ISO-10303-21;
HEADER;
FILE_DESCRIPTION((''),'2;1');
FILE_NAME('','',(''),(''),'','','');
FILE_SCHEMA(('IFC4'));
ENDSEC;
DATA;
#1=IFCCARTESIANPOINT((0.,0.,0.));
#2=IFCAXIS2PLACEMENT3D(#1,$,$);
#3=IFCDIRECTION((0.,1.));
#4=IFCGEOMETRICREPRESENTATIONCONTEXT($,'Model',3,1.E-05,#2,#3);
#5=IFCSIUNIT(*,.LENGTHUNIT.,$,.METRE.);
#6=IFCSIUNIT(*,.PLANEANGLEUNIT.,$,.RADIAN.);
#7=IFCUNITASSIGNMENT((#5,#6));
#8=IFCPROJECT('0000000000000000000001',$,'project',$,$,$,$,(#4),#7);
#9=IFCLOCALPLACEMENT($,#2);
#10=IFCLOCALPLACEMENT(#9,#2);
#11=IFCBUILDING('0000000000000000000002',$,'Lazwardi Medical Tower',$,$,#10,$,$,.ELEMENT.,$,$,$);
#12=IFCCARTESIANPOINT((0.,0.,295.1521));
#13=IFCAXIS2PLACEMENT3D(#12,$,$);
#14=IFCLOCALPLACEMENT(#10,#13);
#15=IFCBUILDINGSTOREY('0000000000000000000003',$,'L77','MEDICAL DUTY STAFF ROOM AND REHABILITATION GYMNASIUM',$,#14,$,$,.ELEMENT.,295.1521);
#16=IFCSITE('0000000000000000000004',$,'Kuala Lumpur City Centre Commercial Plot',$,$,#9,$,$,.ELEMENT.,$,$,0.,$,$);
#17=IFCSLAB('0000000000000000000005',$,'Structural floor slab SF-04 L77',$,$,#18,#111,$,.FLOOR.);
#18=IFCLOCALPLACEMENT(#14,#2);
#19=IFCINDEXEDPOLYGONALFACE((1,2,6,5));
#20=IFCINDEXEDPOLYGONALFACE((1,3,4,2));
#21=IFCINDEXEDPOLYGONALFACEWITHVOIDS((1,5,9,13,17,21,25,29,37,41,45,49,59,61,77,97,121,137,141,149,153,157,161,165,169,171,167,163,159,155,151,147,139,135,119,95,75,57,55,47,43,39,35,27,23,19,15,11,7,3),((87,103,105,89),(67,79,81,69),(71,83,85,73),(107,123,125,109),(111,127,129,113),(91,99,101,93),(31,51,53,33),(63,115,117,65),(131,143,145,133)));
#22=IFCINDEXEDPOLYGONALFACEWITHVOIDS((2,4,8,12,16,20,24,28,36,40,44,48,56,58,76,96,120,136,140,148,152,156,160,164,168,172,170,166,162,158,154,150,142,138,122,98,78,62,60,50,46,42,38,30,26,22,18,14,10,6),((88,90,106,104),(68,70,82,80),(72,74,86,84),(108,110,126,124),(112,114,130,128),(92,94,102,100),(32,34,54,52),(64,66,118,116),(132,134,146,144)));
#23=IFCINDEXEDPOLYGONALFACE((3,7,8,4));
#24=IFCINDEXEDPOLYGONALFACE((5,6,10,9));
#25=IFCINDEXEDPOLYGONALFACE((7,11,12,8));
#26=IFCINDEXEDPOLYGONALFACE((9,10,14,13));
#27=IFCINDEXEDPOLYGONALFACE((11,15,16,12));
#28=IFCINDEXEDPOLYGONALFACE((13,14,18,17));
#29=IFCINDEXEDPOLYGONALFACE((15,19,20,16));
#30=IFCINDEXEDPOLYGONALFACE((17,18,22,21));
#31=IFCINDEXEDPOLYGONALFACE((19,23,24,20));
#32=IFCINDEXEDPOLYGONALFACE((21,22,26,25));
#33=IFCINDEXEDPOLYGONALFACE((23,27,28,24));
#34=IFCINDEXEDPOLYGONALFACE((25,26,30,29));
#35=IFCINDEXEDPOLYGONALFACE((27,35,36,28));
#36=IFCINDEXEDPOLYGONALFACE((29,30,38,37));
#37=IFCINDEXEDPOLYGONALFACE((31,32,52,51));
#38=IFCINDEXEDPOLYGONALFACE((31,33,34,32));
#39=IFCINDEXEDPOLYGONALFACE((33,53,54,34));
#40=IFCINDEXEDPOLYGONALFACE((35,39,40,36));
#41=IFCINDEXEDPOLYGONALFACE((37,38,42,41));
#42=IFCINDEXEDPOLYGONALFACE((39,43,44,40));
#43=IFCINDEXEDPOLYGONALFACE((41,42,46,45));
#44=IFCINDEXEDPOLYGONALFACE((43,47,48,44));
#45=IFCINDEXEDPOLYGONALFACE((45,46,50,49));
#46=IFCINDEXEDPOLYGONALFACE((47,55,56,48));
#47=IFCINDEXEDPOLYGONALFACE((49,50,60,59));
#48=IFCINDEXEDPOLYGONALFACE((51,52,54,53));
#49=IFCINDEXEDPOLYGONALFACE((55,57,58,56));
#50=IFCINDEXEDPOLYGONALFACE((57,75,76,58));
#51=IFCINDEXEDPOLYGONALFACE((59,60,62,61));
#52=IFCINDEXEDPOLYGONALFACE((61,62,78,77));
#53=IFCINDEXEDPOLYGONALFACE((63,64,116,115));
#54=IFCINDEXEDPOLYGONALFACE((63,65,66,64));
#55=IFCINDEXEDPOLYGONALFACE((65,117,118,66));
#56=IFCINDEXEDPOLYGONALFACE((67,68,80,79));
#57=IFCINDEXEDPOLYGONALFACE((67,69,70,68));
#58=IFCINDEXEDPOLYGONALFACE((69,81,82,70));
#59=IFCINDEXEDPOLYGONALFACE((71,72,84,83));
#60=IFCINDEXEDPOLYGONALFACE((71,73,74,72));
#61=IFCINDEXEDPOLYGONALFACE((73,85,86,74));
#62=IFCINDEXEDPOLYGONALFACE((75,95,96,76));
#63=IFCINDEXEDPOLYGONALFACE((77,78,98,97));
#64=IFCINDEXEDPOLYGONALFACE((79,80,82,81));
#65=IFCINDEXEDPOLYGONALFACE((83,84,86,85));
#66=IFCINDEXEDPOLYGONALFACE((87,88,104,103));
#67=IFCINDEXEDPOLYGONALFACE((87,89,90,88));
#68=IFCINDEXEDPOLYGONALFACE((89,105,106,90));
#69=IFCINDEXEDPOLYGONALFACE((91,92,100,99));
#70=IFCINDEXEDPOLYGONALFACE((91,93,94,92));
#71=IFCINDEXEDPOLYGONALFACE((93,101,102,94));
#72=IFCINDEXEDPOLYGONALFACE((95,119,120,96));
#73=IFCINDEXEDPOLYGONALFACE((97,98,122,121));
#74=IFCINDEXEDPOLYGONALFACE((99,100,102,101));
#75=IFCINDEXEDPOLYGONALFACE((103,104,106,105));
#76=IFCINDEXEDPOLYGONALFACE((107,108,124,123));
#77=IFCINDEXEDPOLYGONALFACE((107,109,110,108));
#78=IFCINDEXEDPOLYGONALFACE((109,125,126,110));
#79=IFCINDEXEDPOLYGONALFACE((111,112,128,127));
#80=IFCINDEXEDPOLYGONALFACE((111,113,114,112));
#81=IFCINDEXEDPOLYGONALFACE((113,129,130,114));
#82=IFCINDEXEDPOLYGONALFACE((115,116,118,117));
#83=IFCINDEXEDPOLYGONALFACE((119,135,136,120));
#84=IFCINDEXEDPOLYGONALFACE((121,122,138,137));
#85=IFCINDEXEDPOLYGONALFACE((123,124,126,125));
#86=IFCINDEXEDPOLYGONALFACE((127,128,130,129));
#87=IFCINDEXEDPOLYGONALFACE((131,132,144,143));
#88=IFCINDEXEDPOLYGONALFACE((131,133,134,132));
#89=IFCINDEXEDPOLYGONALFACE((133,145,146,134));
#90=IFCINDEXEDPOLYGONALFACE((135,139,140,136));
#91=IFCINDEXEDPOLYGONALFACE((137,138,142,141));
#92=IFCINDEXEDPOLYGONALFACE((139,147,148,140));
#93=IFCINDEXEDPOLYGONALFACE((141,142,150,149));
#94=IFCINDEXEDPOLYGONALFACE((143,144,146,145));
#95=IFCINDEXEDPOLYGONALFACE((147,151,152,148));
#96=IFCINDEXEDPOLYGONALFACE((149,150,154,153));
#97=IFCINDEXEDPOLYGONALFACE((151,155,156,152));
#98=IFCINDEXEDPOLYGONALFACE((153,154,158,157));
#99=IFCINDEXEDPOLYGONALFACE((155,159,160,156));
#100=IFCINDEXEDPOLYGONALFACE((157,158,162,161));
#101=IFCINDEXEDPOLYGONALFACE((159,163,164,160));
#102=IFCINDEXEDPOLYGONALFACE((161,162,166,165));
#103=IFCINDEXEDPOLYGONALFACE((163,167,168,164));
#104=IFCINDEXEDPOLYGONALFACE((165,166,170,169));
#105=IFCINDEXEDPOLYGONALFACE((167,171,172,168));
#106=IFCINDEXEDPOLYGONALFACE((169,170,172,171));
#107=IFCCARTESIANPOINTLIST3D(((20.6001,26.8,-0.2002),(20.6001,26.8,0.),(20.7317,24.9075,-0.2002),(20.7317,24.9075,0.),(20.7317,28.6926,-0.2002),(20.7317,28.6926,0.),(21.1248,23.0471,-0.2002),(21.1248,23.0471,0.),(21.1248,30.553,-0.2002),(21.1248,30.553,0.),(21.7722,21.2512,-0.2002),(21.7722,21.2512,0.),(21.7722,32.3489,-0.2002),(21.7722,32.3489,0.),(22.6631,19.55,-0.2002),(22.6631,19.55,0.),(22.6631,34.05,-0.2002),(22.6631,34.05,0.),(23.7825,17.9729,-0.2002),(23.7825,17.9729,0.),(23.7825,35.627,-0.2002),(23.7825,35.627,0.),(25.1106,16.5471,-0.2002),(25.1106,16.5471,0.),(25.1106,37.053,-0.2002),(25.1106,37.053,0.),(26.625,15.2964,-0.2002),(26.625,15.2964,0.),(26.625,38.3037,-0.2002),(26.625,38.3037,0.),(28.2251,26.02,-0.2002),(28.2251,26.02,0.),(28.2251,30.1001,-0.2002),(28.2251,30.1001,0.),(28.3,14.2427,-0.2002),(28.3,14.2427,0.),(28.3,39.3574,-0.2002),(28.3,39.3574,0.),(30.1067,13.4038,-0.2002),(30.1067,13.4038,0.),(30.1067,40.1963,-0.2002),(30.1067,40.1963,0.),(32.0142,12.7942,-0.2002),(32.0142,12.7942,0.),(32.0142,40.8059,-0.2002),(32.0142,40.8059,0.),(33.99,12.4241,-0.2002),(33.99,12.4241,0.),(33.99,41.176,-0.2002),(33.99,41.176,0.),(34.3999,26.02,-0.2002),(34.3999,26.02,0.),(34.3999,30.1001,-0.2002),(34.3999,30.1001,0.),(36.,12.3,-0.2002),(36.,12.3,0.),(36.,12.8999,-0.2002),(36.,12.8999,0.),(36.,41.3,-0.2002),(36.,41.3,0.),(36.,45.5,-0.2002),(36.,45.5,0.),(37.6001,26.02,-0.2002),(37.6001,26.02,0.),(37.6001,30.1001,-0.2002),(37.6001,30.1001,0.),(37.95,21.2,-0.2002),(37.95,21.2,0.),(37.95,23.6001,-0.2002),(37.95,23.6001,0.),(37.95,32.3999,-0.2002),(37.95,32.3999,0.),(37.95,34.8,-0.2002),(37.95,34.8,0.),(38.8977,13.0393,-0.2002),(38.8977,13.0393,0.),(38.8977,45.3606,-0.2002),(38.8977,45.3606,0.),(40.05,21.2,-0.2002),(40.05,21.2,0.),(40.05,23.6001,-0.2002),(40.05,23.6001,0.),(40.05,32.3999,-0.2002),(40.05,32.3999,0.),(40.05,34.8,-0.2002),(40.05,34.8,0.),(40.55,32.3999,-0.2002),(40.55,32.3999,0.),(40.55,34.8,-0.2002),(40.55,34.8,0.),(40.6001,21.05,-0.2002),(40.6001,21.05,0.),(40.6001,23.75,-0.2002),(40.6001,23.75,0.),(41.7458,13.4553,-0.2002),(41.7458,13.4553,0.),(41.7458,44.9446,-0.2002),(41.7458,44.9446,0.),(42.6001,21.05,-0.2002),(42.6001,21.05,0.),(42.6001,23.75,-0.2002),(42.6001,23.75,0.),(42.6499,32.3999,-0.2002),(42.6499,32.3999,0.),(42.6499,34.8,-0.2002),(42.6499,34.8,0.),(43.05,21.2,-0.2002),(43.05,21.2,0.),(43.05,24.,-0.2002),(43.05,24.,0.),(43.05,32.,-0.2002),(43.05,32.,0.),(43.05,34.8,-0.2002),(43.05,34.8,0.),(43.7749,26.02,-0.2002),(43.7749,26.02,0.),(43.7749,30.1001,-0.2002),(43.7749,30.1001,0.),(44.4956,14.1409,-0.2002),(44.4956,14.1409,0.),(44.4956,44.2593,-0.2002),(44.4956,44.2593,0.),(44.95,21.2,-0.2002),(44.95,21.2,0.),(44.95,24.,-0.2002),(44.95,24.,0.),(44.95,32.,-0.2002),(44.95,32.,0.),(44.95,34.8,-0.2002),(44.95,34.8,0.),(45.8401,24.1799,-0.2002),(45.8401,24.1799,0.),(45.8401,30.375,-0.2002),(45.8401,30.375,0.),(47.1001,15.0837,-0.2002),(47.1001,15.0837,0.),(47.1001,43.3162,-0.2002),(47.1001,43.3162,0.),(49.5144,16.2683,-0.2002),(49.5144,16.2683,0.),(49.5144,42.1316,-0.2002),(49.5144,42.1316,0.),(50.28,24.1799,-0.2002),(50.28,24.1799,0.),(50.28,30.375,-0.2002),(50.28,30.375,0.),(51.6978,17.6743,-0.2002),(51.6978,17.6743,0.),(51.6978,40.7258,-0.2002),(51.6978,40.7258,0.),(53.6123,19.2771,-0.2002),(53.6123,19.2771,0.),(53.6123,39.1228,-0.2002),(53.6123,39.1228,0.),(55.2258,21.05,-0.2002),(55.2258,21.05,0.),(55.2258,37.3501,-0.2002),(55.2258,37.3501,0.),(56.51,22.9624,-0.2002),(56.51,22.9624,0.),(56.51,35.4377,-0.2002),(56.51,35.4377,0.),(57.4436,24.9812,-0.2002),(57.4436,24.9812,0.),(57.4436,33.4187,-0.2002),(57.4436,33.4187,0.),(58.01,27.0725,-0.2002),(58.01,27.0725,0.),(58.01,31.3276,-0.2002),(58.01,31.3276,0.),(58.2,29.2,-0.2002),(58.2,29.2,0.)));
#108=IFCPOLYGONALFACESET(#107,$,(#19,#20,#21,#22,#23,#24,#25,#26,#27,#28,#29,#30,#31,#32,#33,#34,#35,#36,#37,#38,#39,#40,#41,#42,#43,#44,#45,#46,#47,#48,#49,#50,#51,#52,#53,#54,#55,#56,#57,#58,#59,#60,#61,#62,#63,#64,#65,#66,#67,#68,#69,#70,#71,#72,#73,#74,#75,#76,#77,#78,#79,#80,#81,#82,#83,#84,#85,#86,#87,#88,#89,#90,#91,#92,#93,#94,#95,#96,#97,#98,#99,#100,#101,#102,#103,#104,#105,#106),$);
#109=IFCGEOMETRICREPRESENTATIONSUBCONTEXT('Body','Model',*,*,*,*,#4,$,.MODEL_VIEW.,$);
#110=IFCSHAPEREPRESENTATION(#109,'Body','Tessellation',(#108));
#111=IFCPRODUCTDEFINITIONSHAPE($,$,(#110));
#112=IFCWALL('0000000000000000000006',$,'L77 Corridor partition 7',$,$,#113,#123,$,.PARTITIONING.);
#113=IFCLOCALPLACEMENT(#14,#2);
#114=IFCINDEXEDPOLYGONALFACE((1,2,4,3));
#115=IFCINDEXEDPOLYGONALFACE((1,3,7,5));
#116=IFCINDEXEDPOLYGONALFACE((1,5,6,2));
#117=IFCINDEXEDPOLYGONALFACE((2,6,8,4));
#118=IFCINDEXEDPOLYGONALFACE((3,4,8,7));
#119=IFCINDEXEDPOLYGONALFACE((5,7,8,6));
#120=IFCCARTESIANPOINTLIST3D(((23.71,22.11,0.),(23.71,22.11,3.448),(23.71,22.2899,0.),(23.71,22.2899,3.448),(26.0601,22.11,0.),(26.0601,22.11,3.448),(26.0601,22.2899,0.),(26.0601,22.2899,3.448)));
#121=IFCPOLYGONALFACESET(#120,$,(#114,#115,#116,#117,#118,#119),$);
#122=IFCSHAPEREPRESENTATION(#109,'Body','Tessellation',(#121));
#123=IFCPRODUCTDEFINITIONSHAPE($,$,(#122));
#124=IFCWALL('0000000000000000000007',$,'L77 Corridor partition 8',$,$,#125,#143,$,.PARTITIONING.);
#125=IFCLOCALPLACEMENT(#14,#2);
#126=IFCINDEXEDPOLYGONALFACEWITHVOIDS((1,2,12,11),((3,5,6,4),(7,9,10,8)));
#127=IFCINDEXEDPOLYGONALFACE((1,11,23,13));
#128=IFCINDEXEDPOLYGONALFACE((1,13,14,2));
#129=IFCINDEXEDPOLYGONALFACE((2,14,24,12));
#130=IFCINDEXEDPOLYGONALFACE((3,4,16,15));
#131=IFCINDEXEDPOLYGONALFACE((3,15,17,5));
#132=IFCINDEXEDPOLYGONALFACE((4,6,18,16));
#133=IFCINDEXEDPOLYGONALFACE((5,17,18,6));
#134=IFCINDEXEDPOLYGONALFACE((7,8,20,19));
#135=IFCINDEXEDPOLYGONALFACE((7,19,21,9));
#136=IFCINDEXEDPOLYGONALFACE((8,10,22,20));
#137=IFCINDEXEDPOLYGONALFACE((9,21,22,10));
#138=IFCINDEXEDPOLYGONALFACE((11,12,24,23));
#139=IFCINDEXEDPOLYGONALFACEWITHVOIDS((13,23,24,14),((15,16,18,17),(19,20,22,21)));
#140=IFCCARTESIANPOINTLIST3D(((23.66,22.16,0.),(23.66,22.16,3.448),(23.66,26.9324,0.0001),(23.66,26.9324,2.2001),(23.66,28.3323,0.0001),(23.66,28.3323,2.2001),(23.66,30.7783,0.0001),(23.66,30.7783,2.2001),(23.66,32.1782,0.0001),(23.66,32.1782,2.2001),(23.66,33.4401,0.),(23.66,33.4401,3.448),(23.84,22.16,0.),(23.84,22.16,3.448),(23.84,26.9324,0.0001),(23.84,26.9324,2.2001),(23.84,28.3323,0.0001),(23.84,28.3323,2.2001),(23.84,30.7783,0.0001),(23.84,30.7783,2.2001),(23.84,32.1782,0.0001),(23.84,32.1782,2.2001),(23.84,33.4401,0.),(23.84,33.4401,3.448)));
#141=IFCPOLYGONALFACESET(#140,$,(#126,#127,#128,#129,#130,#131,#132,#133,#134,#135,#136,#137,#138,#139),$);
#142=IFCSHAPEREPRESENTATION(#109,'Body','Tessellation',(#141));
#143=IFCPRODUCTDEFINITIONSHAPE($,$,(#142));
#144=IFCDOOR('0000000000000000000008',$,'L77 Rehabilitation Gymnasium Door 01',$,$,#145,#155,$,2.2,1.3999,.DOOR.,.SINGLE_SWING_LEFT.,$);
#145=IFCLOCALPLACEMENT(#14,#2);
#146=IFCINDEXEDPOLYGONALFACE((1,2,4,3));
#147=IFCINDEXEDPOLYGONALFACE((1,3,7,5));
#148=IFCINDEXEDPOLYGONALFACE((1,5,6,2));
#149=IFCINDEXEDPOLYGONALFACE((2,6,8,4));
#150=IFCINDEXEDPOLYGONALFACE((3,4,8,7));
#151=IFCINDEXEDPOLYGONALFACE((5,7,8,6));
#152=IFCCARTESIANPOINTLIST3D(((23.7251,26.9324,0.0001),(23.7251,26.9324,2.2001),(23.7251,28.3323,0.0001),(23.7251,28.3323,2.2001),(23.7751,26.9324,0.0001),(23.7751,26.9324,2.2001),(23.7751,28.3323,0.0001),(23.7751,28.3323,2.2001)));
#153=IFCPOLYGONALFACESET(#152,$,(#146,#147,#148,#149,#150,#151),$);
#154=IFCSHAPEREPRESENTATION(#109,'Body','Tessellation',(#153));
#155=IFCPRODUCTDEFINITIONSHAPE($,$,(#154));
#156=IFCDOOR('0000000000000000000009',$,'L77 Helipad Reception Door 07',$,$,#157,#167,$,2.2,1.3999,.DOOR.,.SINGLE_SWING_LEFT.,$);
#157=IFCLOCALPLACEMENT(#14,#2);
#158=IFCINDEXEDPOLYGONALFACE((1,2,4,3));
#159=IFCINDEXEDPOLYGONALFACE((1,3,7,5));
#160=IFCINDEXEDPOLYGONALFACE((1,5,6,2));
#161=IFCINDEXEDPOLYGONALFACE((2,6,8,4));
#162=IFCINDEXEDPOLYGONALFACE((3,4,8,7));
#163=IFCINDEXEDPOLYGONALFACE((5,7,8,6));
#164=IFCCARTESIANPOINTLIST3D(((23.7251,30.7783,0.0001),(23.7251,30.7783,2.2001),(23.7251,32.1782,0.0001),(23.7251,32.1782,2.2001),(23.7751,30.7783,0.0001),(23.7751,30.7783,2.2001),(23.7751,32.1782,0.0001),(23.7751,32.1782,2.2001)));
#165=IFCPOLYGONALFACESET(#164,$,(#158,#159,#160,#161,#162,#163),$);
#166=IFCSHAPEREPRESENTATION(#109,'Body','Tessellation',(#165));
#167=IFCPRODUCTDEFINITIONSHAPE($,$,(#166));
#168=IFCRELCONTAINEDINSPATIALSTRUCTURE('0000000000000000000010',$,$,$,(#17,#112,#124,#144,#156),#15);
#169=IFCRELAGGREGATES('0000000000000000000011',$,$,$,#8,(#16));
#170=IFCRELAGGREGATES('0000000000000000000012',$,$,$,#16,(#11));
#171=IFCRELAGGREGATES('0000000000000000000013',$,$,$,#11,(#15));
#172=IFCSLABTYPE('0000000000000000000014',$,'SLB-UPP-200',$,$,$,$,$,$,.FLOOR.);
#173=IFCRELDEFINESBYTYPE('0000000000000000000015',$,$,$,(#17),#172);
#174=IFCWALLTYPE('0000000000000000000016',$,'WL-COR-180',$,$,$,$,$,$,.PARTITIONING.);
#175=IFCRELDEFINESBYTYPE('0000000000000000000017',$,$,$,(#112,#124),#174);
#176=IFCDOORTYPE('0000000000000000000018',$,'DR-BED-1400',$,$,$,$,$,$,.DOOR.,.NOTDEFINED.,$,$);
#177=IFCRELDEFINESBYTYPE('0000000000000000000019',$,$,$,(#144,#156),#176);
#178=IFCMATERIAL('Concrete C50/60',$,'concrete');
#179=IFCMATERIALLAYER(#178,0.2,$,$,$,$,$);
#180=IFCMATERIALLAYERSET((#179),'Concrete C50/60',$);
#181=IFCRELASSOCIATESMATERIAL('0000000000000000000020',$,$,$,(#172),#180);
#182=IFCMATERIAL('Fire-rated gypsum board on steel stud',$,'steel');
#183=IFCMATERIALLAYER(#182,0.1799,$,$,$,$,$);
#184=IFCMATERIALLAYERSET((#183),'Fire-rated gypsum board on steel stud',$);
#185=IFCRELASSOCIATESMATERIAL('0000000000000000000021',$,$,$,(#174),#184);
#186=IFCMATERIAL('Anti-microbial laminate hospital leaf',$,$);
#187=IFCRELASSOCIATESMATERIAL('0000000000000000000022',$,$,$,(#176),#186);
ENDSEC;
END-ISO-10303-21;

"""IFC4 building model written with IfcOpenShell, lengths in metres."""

from ifc_helpers import new_model, si_unit, direction, frame, frame_2d, origin, place, context, subcontext, project, spatial, polyline, rectangle, outline, extrude, material, layer, layer_set, type_object, element, fill, save


model = new_model("IFC4")

# Units and contexts
model_context = context("Model", 3, precision=1e-05, world=origin(), true_north=direction((0.0, 1.0)))
body_context = subcontext(model_context, "Body", "Model", "MODEL_VIEW")
ifc_project = project(units=[si_unit("LENGTHUNIT", "METRE"), si_unit("PLANEANGLEUNIT", "RADIAN")], contexts=[model_context])

# Site, building, storey
site_placement = place(None, origin())
site = spatial("IfcSite", under=ifc_project, at=site_placement, Name="Kuala Lumpur City Centre Commercial Plot", CompositionType="ELEMENT", RefElevation=0.0)
building_placement = place(site_placement, origin())
building = spatial("IfcBuilding", under=site, at=building_placement, Name="Lazwardi Medical Tower", CompositionType="ELEMENT")
storey_placement = place(building_placement, frame((0.0, 0.0, 295.1521)))
storey = spatial("IfcBuildingStorey", under=building, at=storey_placement, Name="L77", Description="MEDICAL DUTY STAFF ROOM AND REHABILITATION GYMNASIUM", CompositionType="ELEMENT", Elevation=295.1521)

# Slab
ifc_material_1 = material(Name="Concrete C50/60", Category="concrete")
ifc_layer_1 = layer(ifc_material_1, 0.2)
ifc_layer_set_1 = layer_set([ifc_layer_1], Name="Concrete C50/60")
slab_type_1 = type_object("IfcSlabType", Name="SLB-UPP-200", PredefinedType="FLOOR", material=ifc_layer_set_1)
slab_1_placement = place(storey_placement, frame((0.0, 0.0, -0.2002)))
element("IfcSlab", 1, at=slab_1_placement, inside=storey, type_object=slab_type_1, Name="Structural floor slab SF-04 L77", PredefinedType="FLOOR", context=body_context, shape_type="SweptSolid", body=[
    extrude(outline(polyline([(23.7825, 17.9729), (25.1106, 16.5471), (26.625, 15.2964), (28.3, 14.2427), (30.1067, 13.4038), (32.0142, 12.7942), (33.99, 12.4241), (36.0, 12.3), (36.0, 12.8999), (38.8977, 13.0393), (41.7458, 13.4553), (44.4956, 14.1409), (47.1001, 15.0837), (49.5144, 16.2683), (51.6978, 17.6743), (53.6123, 19.2771), (55.2258, 21.05), (56.51, 22.9624), (57.4436, 24.9812), (58.01, 27.0725), (58.2, 29.2), (58.01, 31.3276), (57.4436, 33.4187), (56.51, 35.4377), (55.2258, 37.3501), (53.6123, 39.1228), (51.6978, 40.7258), (49.5144, 42.1316), (47.1001, 43.3162), (44.4956, 44.2593), (41.7458, 44.9446), (38.8977, 45.3606), (36.0, 45.5), (36.0, 41.3), (33.99, 41.176), (32.0142, 40.8059), (30.1067, 40.1963), (28.3, 39.3574), (26.625, 38.3037), (25.1106, 37.053), (23.7825, 35.627), (22.6631, 34.05), (21.7722, 32.3489), (21.1248, 30.553), (20.7317, 28.6926), (20.6001, 26.8), (20.7317, 24.9075), (21.1248, 23.0471), (21.7722, 21.2512), (22.6631, 19.55), (23.7825, 17.9729)]), holes=[polyline([(28.2251, 26.02), (28.2251, 30.1001), (34.3999, 30.1001), (34.3999, 26.02), (28.2251, 26.02)]), polyline([(37.6001, 30.1001), (43.7749, 30.1001), (43.7749, 26.02), (37.6001, 26.02), (37.6001, 30.1001)]), polyline([(50.28, 30.375), (50.28, 24.1799), (45.8401, 24.1799), (45.8401, 30.375), (50.28, 30.375)]), polyline([(40.05, 32.3999), (37.95, 32.3999), (37.95, 34.8), (40.05, 34.8), (40.05, 32.3999)]), polyline([(40.55, 32.3999), (40.55, 34.8), (42.6499, 34.8), (42.6499, 32.3999), (40.55, 32.3999)]), polyline([(37.95, 23.6001), (40.05, 23.6001), (40.05, 21.2), (37.95, 21.2), (37.95, 23.6001)]), polyline([(44.95, 34.8), (44.95, 32.0), (43.05, 32.0), (43.05, 34.8), (44.95, 34.8)]), polyline([(44.95, 21.2), (43.05, 21.2), (43.05, 24.0), (44.95, 24.0), (44.95, 21.2)]), polyline([(40.6001, 21.05), (40.6001, 23.75), (42.6001, 23.75), (42.6001, 21.05), (40.6001, 21.05)])]), origin(), (0.0, 0.0, 1.0), 0.2002),
])

# Wall
ifc_material_2 = material(Name="Fire-rated gypsum board on steel stud", Category="steel")
ifc_layer_2 = layer(ifc_material_2, 0.1799)
ifc_layer_set_2 = layer_set([ifc_layer_2], Name="Fire-rated gypsum board on steel stud")
wall_type_1 = type_object("IfcWallType", Name="WL-COR-180", PredefinedType="PARTITIONING", material=ifc_layer_set_2)
wall_1_placement = place(storey_placement, frame((26.0601, 22.2, 0.0), z_axis=(0.0, 0.0, 1.0), x_axis=(-1.0, 0.0, 0.0)))
element("IfcWall", 2, at=wall_1_placement, inside=storey, type_object=wall_type_1, Name="L77 Corridor partition 7", PredefinedType="PARTITIONING", context=body_context, shape_type="SweptSolid", body=[
    extrude(rectangle(XDim=2.3501, YDim=0.1799, at=frame_2d((1.175, 0.0))), origin(), (0.0, 0.0, 1.0), 3.448),
])

# Wall, openings, doors
wall_2_placement = place(storey_placement, frame((23.75, 22.1599, 0.0), z_axis=(0.0, 0.0, 1.0), x_axis=(0.0, 1.0, 0.0)))
wall_2 = element("IfcWall", 3, at=wall_2_placement, inside=storey, type_object=wall_type_1, Name="L77 Corridor partition 8", PredefinedType="PARTITIONING", context=body_context, shape_type="SweptSolid", body=[
    extrude(rectangle(XDim=11.28, YDim=0.1799, at=frame_2d((5.6401, 0.0))), origin(), (0.0, 0.0, 1.0), 3.448),
])
opening_1_placement = place(wall_2_placement, frame((4.7725, 0.0, 0.0)))
opening_1 = element("IfcOpeningElement", 4, at=opening_1_placement, cuts=wall_2, PredefinedType="OPENING", context=body_context, shape_type="SweptSolid", body=[
    extrude(rectangle(XDim=1.3999, YDim=2.2, at=frame_2d((0.7, 1.1001))), frame((0.0, 0.0999, 0.0), z_axis=(0.0, -1.0, 0.0), x_axis=(1.0, 0.0, 0.0)), (0.0, 0.0, 1.0), 0.2),
])
opening_2_placement = place(wall_2_placement, frame((8.6184, 0.0, 0.0)))
opening_2 = element("IfcOpeningElement", 5, at=opening_2_placement, cuts=wall_2, PredefinedType="OPENING", context=body_context, shape_type="SweptSolid", body=[
    extrude(rectangle(XDim=1.3999, YDim=2.2, at=frame_2d((0.7, 1.1001))), frame((0.0, 0.0999, 0.0), z_axis=(0.0, -1.0, 0.0), x_axis=(1.0, 0.0, 0.0)), (0.0, 0.0, 1.0), 0.2),
])
ifc_material_3 = material(Name="Anti-microbial laminate hospital leaf")
door_type = type_object("IfcDoorType", Name="DR-BED-1400", OperationType="NOTDEFINED", PredefinedType="DOOR", material=ifc_material_3)
door_1_placement = place(opening_1_placement, origin())
door_1 = element("IfcDoor", 6, at=door_1_placement, inside=storey, type_object=door_type, Name="L77 Rehabilitation Gymnasium Door 01", OperationType="SINGLE_SWING_LEFT", OverallHeight=2.2, OverallWidth=1.3999, PredefinedType="DOOR", context=body_context, shape_type="SweptSolid", body=[
    extrude(rectangle(XDim=1.3999, YDim=2.2, at=frame_2d((0.7, 1.1001))), frame((0.0, 0.0249, 0.0), z_axis=(0.0, -1.0, 0.0), x_axis=(1.0, 0.0, 0.0)), (0.0, 0.0, 1.0), 0.05),
])
fill(opening_1, door_1)
door_2_placement = place(opening_2_placement, origin())
door_2 = element("IfcDoor", 7, at=door_2_placement, inside=storey, type_object=door_type, Name="L77 Helipad Reception Door 07", OperationType="SINGLE_SWING_LEFT", OverallHeight=2.2, OverallWidth=1.3999, PredefinedType="DOOR", context=body_context, shape_type="SweptSolid", body=[
    extrude(rectangle(XDim=1.3999, YDim=2.2, at=frame_2d((0.7, 1.1001))), frame((0.0, 0.0249, 0.0), z_axis=(0.0, -1.0, 0.0), x_axis=(1.0, 0.0, 0.0)), (0.0, 0.0, 1.0), 0.05),
])
fill(opening_2, door_2)

save(model, "model.ifc")
